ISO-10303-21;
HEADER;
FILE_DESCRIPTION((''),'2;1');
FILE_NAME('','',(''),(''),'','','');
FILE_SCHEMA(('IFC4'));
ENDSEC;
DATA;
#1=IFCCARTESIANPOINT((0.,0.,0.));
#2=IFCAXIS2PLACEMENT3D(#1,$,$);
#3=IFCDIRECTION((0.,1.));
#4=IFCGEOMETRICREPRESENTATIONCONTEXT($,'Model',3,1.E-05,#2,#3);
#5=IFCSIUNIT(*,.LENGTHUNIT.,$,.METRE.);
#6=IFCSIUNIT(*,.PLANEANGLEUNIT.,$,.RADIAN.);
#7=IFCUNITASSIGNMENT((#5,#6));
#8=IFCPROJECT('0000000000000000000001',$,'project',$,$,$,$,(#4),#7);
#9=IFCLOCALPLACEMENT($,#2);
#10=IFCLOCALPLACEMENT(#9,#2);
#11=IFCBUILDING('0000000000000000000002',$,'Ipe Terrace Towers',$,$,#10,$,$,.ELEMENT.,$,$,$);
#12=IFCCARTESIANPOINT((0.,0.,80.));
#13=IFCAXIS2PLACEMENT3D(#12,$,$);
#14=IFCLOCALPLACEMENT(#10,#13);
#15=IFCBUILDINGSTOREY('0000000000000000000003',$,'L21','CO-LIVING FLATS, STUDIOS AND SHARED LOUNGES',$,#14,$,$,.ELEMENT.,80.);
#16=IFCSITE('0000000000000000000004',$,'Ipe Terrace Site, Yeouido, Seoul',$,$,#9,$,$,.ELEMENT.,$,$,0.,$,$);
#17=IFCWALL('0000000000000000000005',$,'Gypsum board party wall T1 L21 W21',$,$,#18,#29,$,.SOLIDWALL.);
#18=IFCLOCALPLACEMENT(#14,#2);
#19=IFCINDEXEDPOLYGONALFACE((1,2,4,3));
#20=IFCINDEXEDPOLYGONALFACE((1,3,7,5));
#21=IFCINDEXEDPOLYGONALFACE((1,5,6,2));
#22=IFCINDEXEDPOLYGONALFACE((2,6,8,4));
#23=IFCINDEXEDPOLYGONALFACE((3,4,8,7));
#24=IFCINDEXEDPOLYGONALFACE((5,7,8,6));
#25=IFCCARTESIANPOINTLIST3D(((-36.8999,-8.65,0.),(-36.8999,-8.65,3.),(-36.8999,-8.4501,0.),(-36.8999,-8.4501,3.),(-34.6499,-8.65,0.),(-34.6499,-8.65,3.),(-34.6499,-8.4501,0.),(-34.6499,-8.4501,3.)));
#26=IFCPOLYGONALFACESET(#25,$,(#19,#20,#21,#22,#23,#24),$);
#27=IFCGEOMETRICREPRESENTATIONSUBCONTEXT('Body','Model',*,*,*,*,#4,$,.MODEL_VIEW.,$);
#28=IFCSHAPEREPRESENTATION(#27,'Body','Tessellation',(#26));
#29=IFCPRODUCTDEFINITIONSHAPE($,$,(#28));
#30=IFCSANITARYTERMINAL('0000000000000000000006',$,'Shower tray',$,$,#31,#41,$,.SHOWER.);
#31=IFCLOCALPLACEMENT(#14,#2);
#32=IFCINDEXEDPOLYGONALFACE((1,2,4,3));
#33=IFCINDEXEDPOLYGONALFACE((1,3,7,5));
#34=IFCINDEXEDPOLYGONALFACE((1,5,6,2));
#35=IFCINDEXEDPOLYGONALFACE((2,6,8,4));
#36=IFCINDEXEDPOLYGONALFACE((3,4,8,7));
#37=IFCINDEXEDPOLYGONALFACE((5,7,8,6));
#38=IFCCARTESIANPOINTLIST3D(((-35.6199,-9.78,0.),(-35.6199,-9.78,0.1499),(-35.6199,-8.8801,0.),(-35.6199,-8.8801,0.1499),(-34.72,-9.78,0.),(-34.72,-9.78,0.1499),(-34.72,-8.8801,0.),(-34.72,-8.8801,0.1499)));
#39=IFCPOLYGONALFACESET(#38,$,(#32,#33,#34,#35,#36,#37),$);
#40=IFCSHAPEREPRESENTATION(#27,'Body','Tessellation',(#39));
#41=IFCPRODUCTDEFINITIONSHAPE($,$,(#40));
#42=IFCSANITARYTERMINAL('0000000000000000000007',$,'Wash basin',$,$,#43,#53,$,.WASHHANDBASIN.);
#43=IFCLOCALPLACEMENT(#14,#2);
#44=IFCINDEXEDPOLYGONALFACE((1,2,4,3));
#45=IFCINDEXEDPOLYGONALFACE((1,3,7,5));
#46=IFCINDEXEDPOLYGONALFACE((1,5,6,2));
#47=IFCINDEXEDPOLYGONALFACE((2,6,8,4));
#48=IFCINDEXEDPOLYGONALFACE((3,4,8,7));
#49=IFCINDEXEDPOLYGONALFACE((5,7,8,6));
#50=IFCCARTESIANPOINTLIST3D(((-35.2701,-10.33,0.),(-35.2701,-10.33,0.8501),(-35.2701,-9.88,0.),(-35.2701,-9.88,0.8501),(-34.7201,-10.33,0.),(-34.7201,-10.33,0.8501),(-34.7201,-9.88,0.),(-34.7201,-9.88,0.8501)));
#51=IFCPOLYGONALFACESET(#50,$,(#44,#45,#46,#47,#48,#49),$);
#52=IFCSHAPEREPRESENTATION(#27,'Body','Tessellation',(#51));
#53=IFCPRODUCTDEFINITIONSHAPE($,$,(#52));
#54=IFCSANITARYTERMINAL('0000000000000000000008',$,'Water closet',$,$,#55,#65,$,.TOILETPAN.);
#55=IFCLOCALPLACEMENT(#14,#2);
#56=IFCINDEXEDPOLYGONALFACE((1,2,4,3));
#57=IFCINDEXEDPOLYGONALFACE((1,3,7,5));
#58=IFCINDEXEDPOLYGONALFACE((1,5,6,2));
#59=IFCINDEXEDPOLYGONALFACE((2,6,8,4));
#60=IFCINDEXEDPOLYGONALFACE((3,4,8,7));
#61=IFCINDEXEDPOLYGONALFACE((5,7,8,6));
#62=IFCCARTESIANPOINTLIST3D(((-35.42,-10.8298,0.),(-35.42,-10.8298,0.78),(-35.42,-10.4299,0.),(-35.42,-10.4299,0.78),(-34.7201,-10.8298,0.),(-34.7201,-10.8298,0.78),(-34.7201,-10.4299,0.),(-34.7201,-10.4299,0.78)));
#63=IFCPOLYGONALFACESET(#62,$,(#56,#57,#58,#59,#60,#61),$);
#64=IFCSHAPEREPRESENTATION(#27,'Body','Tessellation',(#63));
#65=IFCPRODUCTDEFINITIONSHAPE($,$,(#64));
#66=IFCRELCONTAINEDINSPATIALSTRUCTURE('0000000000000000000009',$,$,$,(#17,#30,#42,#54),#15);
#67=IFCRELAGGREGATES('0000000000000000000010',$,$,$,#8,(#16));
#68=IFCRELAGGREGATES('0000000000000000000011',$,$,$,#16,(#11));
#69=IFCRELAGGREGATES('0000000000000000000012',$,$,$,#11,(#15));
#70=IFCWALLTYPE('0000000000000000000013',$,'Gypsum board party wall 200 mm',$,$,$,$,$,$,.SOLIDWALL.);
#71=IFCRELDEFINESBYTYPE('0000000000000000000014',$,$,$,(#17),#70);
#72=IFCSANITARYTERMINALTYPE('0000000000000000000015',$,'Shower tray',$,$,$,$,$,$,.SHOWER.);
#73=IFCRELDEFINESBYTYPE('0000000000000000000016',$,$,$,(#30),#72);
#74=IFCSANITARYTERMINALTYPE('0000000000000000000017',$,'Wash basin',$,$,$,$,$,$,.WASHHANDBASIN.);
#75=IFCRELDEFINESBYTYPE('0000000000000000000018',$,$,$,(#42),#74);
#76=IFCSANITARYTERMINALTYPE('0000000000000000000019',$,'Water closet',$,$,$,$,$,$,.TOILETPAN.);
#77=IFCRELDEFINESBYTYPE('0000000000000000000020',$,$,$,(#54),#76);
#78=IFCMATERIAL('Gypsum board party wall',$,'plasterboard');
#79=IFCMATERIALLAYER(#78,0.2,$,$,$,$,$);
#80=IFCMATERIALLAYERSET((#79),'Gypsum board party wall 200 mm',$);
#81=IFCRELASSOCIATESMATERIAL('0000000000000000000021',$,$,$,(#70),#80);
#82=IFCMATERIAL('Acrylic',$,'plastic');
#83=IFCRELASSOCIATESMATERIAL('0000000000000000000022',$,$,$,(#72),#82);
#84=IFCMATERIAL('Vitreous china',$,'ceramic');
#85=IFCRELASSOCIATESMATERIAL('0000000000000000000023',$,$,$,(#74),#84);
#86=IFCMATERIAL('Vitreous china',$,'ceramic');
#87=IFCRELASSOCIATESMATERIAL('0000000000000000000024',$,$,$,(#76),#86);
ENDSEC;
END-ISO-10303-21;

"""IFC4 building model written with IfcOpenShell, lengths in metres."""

from ifc_helpers import new_model, si_unit, direction, frame, frame_2d, origin, origin_2d, place, context, subcontext, project, spatial, rectangle, extrude, material, layer, layer_set, type_object, element, save


model = new_model("IFC4")

# Units and contexts
model_context = context("Model", 3, precision=1e-05, world=origin(), true_north=direction((0.0, 1.0)))
body_context = subcontext(model_context, "Body", "Model", "MODEL_VIEW")
ifc_project = project(units=[si_unit("LENGTHUNIT", "METRE"), si_unit("PLANEANGLEUNIT", "RADIAN")], contexts=[model_context])

# Site, building, storey
site_placement = place(None, origin())
site = spatial("IfcSite", under=ifc_project, at=site_placement, Name="Ipe Terrace Site, Yeouido, Seoul", CompositionType="ELEMENT", RefElevation=0.0)
building_placement = place(site_placement, origin())
building = spatial("IfcBuilding", under=site, at=building_placement, Name="Ipe Terrace Towers", CompositionType="ELEMENT")
storey_placement = place(building_placement, frame((0.0, 0.0, 80.0)))
storey = spatial("IfcBuildingStorey", under=building, at=storey_placement, Name="L21", Description="CO-LIVING FLATS, STUDIOS AND SHARED LOUNGES", CompositionType="ELEMENT", Elevation=80.0)

# Wall
ifc_material_1 = material(Name="Gypsum board party wall", Category="plasterboard")
ifc_layer_1 = layer(ifc_material_1, 0.2)
ifc_layer_set_1 = layer_set([ifc_layer_1], Name="Gypsum board party wall 200 mm")
wall_type_1 = type_object("IfcWallType", Name="Gypsum board party wall 200 mm", PredefinedType="SOLIDWALL", material=ifc_layer_set_1)
wall_1_placement = place(storey_placement, frame((-36.8999, -8.55, 0.0), z_axis=(0.0, 0.0, 1.0), x_axis=(1.0, 0.0, 0.0)))
element("IfcWall", 1, at=wall_1_placement, inside=storey, type_object=wall_type_1, Name="Gypsum board party wall T1 L21 W21", PredefinedType="SOLIDWALL", context=body_context, shape_type="SweptSolid", body=[
    extrude(rectangle(XDim=2.25, YDim=0.2, at=frame_2d((1.125, 0.0))), origin(), (0.0, 0.0, 1.0), 3.0),
])

# Sanitary terminals
ifc_material_2 = material(Name="Acrylic", Category="plastic")
sanitary_terminal_type_1 = type_object("IfcSanitaryTerminalType", Name="Shower tray", PredefinedType="SHOWER", material=ifc_material_2)
sanitary_terminal_1_placement = place(storey_placement, frame((-35.1699, -9.3301, 0.0), z_axis=(0.0, 0.0, 1.0), x_axis=(-1.0, 0.0, 0.0)))
element("IfcSanitaryTerminal", 2, at=sanitary_terminal_1_placement, inside=storey, type_object=sanitary_terminal_type_1, Name="Shower tray", PredefinedType="SHOWER", context=body_context, shape_type="SweptSolid", body=[
    extrude(rectangle(XDim=0.8999, YDim=0.8999, at=origin_2d()), origin(), (0.0, 0.0, 1.0), 0.1499),
])
ifc_material_3 = material(Name="Vitreous china", Category="ceramic")
sanitary_terminal_type_2 = type_object("IfcSanitaryTerminalType", Name="Wash basin", PredefinedType="WASHHANDBASIN", material=ifc_material_3)
sanitary_terminal_2_placement = place(storey_placement, frame((-34.9951, -10.105, 0.0), z_axis=(0.0, 0.0, 1.0), x_axis=(-1.0, 0.0, 0.0)))
element("IfcSanitaryTerminal", 3, at=sanitary_terminal_2_placement, inside=storey, type_object=sanitary_terminal_type_2, Name="Wash basin", PredefinedType="WASHHANDBASIN", context=body_context, shape_type="SweptSolid", body=[
    extrude(rectangle(XDim=0.55, YDim=0.45, at=origin_2d()), origin(), (0.0, 0.0, 1.0), 0.8501),
])
ifc_material_4 = material(Name="Vitreous china", Category="ceramic")
sanitary_terminal_type_3 = type_object("IfcSanitaryTerminalType", Name="Water closet", PredefinedType="TOILETPAN", material=ifc_material_4)
sanitary_terminal_3_placement = place(storey_placement, frame((-35.0701, -10.6299, 0.0), z_axis=(0.0, 0.0, 1.0), x_axis=(-1.0, 0.0, 0.0)))
element("IfcSanitaryTerminal", 4, at=sanitary_terminal_3_placement, inside=storey, type_object=sanitary_terminal_type_3, Name="Water closet", PredefinedType="TOILETPAN", context=body_context, shape_type="SweptSolid", body=[
    extrude(rectangle(XDim=0.7, YDim=0.3999, at=origin_2d()), origin(), (0.0, 0.0, 1.0), 0.78),
])

save(model, "model.ifc")
